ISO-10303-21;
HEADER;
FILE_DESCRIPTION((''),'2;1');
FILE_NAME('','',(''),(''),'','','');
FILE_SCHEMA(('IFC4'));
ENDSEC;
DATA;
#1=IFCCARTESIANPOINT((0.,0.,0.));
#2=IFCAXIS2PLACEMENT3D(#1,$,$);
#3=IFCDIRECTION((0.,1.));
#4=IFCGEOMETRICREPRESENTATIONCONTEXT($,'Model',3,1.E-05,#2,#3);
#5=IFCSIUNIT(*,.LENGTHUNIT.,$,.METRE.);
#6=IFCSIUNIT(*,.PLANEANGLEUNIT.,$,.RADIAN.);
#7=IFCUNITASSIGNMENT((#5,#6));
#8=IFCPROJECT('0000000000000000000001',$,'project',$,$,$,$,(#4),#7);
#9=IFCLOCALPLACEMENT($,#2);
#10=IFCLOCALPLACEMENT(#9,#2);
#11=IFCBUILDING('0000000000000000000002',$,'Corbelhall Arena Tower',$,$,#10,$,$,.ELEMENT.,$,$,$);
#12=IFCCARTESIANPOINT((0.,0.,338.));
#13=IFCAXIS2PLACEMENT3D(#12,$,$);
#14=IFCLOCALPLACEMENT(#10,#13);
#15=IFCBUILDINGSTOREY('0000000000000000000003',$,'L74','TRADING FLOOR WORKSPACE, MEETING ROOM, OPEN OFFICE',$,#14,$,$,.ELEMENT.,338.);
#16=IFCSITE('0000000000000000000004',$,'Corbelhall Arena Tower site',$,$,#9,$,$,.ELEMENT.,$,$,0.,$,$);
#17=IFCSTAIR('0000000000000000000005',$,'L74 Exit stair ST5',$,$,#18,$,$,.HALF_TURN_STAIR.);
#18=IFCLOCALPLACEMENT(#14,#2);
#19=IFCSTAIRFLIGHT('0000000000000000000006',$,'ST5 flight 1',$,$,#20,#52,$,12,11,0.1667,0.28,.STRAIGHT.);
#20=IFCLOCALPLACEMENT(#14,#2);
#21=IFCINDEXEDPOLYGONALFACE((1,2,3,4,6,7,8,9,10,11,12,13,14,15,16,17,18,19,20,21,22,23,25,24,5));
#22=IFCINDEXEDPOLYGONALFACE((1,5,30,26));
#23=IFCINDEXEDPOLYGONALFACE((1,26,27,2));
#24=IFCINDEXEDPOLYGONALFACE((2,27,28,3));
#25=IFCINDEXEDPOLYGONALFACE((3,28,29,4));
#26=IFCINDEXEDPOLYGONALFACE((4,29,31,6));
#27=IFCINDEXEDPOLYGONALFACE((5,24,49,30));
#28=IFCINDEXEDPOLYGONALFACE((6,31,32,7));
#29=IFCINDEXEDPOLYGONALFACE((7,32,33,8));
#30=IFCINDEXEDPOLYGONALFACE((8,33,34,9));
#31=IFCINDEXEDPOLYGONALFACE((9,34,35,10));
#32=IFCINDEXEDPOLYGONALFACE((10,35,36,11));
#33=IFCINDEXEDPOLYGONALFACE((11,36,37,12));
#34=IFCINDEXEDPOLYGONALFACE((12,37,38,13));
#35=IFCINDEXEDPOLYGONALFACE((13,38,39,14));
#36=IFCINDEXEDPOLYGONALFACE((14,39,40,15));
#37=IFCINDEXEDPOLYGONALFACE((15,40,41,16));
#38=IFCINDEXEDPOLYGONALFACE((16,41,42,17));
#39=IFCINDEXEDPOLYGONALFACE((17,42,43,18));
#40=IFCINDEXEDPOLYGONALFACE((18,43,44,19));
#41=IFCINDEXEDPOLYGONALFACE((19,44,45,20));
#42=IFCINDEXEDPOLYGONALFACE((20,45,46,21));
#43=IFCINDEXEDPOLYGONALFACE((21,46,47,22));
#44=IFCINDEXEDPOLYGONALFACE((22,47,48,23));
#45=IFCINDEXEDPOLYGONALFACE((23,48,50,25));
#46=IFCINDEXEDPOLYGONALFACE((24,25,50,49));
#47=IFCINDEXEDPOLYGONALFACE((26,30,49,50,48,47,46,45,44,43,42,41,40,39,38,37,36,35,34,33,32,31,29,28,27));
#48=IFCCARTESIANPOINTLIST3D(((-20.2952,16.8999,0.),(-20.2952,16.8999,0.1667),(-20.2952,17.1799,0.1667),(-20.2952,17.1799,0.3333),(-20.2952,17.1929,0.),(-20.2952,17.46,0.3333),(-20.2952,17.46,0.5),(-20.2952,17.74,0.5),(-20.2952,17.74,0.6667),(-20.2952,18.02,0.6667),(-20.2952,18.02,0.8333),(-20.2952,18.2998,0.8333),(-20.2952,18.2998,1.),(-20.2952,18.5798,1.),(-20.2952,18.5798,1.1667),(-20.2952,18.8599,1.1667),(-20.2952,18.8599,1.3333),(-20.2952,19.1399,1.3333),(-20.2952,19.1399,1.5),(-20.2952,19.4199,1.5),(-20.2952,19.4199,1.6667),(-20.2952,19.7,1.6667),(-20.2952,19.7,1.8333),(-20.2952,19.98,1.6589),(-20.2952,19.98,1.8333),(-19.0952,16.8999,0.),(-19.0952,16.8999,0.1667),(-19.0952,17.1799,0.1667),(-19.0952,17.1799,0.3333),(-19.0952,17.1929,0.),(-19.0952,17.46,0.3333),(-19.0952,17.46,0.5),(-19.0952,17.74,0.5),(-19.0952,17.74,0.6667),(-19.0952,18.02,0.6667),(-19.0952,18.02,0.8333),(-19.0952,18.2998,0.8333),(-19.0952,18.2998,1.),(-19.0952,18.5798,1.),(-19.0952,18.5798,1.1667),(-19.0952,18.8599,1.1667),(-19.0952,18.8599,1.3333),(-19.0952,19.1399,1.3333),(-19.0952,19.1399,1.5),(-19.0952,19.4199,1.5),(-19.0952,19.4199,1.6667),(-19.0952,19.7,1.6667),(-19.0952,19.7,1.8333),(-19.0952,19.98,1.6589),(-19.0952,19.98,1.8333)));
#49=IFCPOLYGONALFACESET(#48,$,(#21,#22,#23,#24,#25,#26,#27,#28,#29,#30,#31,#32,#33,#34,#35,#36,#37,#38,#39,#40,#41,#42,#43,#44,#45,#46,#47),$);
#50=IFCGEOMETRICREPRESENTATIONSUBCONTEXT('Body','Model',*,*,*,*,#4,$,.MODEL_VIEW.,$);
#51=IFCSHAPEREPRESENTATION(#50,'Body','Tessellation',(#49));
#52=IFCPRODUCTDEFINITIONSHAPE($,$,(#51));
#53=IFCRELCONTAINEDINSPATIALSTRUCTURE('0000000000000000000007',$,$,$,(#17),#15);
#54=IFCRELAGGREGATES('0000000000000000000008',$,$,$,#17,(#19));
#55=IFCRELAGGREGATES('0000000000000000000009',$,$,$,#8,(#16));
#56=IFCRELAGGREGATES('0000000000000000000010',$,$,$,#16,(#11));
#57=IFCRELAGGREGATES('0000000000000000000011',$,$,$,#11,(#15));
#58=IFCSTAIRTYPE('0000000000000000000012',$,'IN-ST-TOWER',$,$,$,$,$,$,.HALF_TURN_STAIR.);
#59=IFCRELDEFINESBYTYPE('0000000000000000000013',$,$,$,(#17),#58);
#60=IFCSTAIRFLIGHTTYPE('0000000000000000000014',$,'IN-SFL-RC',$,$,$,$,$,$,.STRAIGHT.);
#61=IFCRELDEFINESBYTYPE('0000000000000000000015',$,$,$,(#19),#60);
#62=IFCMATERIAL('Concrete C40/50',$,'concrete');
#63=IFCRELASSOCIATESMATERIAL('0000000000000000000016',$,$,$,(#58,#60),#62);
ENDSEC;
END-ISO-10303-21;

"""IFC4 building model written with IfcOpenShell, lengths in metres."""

from ifc_helpers import new_model, si_unit, direction, frame, origin, place, context, subcontext, project, spatial, polyline, outline, extrude, material, type_object, element, aggregate, save


model = new_model("IFC4")

# Units and contexts
model_context = context("Model", 3, precision=1e-05, world=origin(), true_north=direction((0.0, 1.0)))
body_context = subcontext(model_context, "Body", "Model", "MODEL_VIEW")
ifc_project = project(units=[si_unit("LENGTHUNIT", "METRE"), si_unit("PLANEANGLEUNIT", "RADIAN")], contexts=[model_context])

# Site, building, storey
site_placement = place(None, origin())
site = spatial("IfcSite", under=ifc_project, at=site_placement, Name="Corbelhall Arena Tower site", CompositionType="ELEMENT", RefElevation=0.0)
building_placement = place(site_placement, origin())
building = spatial("IfcBuilding", under=site, at=building_placement, Name="Corbelhall Arena Tower", CompositionType="ELEMENT")
storey_placement = place(building_placement, frame((0.0, 0.0, 338.0)))
storey = spatial("IfcBuildingStorey", under=building, at=storey_placement, Name="L74", Description="TRADING FLOOR WORKSPACE, MEETING ROOM, OPEN OFFICE", CompositionType="ELEMENT", Elevation=338.0)

# Shared definitions
ifc_material_1 = material(Name="Concrete C40/50", Category="concrete")

# Stair, stair flight
stair_type = type_object("IfcStairType", Name="IN-ST-TOWER", PredefinedType="HALF_TURN_STAIR", material=ifc_material_1)
stair_placement = place(storey_placement, origin())
stair = element("IfcStair", 1, at=stair_placement, inside=storey, type_object=stair_type, Name="L74 Exit stair ST5", PredefinedType="HALF_TURN_STAIR")
stair_flight_type = type_object("IfcStairFlightType", Name="IN-SFL-RC", PredefinedType="STRAIGHT", material=ifc_material_1)
stair_flight_placement = place(storey_placement, frame((-19.6951, 16.8999, 0.0), z_axis=(0.0, 0.0, 1.0), x_axis=(0.0, 1.0, 0.0)))
stair_flight = element("IfcStairFlight", 2, at=stair_flight_placement, type_object=stair_flight_type, Name="ST5 flight 1", NumberOfRisers=12, NumberOfTreads=11, PredefinedType="STRAIGHT", RiserHeight=0.1667, TreadLength=0.28, context=body_context, shape_type="SweptSolid", body=[
    extrude(outline(polyline([(0.0, 0.0), (0.0, 0.1667), (0.28, 0.1667), (0.28, 0.3333), (0.5601, 0.3333), (0.5601, 0.5), (0.8401, 0.5), (0.8401, 0.6667), (1.1201, 0.6667), (1.1201, 0.8333), (1.3999, 0.8333), (1.3999, 1.0), (1.6799, 1.0), (1.6799, 1.1667), (1.96, 1.1667), (1.96, 1.3333), (2.24, 1.3333), (2.24, 1.5), (2.52, 1.5), (2.52, 1.6667), (2.8, 1.6667), (2.8, 1.8333), (3.0801, 1.8333), (3.0801, 2.0), (3.0801, 1.6589), (0.293, 0.0), (0.0, 0.0)])), frame((0.0, 0.6001, 0.0), z_axis=(0.0, -1.0, 0.0), x_axis=(1.0, 0.0, 0.0)), (0.0, 0.0, 1.0), 1.2),
])
aggregate(stair, [stair_flight])

save(model, "model.ifc")
